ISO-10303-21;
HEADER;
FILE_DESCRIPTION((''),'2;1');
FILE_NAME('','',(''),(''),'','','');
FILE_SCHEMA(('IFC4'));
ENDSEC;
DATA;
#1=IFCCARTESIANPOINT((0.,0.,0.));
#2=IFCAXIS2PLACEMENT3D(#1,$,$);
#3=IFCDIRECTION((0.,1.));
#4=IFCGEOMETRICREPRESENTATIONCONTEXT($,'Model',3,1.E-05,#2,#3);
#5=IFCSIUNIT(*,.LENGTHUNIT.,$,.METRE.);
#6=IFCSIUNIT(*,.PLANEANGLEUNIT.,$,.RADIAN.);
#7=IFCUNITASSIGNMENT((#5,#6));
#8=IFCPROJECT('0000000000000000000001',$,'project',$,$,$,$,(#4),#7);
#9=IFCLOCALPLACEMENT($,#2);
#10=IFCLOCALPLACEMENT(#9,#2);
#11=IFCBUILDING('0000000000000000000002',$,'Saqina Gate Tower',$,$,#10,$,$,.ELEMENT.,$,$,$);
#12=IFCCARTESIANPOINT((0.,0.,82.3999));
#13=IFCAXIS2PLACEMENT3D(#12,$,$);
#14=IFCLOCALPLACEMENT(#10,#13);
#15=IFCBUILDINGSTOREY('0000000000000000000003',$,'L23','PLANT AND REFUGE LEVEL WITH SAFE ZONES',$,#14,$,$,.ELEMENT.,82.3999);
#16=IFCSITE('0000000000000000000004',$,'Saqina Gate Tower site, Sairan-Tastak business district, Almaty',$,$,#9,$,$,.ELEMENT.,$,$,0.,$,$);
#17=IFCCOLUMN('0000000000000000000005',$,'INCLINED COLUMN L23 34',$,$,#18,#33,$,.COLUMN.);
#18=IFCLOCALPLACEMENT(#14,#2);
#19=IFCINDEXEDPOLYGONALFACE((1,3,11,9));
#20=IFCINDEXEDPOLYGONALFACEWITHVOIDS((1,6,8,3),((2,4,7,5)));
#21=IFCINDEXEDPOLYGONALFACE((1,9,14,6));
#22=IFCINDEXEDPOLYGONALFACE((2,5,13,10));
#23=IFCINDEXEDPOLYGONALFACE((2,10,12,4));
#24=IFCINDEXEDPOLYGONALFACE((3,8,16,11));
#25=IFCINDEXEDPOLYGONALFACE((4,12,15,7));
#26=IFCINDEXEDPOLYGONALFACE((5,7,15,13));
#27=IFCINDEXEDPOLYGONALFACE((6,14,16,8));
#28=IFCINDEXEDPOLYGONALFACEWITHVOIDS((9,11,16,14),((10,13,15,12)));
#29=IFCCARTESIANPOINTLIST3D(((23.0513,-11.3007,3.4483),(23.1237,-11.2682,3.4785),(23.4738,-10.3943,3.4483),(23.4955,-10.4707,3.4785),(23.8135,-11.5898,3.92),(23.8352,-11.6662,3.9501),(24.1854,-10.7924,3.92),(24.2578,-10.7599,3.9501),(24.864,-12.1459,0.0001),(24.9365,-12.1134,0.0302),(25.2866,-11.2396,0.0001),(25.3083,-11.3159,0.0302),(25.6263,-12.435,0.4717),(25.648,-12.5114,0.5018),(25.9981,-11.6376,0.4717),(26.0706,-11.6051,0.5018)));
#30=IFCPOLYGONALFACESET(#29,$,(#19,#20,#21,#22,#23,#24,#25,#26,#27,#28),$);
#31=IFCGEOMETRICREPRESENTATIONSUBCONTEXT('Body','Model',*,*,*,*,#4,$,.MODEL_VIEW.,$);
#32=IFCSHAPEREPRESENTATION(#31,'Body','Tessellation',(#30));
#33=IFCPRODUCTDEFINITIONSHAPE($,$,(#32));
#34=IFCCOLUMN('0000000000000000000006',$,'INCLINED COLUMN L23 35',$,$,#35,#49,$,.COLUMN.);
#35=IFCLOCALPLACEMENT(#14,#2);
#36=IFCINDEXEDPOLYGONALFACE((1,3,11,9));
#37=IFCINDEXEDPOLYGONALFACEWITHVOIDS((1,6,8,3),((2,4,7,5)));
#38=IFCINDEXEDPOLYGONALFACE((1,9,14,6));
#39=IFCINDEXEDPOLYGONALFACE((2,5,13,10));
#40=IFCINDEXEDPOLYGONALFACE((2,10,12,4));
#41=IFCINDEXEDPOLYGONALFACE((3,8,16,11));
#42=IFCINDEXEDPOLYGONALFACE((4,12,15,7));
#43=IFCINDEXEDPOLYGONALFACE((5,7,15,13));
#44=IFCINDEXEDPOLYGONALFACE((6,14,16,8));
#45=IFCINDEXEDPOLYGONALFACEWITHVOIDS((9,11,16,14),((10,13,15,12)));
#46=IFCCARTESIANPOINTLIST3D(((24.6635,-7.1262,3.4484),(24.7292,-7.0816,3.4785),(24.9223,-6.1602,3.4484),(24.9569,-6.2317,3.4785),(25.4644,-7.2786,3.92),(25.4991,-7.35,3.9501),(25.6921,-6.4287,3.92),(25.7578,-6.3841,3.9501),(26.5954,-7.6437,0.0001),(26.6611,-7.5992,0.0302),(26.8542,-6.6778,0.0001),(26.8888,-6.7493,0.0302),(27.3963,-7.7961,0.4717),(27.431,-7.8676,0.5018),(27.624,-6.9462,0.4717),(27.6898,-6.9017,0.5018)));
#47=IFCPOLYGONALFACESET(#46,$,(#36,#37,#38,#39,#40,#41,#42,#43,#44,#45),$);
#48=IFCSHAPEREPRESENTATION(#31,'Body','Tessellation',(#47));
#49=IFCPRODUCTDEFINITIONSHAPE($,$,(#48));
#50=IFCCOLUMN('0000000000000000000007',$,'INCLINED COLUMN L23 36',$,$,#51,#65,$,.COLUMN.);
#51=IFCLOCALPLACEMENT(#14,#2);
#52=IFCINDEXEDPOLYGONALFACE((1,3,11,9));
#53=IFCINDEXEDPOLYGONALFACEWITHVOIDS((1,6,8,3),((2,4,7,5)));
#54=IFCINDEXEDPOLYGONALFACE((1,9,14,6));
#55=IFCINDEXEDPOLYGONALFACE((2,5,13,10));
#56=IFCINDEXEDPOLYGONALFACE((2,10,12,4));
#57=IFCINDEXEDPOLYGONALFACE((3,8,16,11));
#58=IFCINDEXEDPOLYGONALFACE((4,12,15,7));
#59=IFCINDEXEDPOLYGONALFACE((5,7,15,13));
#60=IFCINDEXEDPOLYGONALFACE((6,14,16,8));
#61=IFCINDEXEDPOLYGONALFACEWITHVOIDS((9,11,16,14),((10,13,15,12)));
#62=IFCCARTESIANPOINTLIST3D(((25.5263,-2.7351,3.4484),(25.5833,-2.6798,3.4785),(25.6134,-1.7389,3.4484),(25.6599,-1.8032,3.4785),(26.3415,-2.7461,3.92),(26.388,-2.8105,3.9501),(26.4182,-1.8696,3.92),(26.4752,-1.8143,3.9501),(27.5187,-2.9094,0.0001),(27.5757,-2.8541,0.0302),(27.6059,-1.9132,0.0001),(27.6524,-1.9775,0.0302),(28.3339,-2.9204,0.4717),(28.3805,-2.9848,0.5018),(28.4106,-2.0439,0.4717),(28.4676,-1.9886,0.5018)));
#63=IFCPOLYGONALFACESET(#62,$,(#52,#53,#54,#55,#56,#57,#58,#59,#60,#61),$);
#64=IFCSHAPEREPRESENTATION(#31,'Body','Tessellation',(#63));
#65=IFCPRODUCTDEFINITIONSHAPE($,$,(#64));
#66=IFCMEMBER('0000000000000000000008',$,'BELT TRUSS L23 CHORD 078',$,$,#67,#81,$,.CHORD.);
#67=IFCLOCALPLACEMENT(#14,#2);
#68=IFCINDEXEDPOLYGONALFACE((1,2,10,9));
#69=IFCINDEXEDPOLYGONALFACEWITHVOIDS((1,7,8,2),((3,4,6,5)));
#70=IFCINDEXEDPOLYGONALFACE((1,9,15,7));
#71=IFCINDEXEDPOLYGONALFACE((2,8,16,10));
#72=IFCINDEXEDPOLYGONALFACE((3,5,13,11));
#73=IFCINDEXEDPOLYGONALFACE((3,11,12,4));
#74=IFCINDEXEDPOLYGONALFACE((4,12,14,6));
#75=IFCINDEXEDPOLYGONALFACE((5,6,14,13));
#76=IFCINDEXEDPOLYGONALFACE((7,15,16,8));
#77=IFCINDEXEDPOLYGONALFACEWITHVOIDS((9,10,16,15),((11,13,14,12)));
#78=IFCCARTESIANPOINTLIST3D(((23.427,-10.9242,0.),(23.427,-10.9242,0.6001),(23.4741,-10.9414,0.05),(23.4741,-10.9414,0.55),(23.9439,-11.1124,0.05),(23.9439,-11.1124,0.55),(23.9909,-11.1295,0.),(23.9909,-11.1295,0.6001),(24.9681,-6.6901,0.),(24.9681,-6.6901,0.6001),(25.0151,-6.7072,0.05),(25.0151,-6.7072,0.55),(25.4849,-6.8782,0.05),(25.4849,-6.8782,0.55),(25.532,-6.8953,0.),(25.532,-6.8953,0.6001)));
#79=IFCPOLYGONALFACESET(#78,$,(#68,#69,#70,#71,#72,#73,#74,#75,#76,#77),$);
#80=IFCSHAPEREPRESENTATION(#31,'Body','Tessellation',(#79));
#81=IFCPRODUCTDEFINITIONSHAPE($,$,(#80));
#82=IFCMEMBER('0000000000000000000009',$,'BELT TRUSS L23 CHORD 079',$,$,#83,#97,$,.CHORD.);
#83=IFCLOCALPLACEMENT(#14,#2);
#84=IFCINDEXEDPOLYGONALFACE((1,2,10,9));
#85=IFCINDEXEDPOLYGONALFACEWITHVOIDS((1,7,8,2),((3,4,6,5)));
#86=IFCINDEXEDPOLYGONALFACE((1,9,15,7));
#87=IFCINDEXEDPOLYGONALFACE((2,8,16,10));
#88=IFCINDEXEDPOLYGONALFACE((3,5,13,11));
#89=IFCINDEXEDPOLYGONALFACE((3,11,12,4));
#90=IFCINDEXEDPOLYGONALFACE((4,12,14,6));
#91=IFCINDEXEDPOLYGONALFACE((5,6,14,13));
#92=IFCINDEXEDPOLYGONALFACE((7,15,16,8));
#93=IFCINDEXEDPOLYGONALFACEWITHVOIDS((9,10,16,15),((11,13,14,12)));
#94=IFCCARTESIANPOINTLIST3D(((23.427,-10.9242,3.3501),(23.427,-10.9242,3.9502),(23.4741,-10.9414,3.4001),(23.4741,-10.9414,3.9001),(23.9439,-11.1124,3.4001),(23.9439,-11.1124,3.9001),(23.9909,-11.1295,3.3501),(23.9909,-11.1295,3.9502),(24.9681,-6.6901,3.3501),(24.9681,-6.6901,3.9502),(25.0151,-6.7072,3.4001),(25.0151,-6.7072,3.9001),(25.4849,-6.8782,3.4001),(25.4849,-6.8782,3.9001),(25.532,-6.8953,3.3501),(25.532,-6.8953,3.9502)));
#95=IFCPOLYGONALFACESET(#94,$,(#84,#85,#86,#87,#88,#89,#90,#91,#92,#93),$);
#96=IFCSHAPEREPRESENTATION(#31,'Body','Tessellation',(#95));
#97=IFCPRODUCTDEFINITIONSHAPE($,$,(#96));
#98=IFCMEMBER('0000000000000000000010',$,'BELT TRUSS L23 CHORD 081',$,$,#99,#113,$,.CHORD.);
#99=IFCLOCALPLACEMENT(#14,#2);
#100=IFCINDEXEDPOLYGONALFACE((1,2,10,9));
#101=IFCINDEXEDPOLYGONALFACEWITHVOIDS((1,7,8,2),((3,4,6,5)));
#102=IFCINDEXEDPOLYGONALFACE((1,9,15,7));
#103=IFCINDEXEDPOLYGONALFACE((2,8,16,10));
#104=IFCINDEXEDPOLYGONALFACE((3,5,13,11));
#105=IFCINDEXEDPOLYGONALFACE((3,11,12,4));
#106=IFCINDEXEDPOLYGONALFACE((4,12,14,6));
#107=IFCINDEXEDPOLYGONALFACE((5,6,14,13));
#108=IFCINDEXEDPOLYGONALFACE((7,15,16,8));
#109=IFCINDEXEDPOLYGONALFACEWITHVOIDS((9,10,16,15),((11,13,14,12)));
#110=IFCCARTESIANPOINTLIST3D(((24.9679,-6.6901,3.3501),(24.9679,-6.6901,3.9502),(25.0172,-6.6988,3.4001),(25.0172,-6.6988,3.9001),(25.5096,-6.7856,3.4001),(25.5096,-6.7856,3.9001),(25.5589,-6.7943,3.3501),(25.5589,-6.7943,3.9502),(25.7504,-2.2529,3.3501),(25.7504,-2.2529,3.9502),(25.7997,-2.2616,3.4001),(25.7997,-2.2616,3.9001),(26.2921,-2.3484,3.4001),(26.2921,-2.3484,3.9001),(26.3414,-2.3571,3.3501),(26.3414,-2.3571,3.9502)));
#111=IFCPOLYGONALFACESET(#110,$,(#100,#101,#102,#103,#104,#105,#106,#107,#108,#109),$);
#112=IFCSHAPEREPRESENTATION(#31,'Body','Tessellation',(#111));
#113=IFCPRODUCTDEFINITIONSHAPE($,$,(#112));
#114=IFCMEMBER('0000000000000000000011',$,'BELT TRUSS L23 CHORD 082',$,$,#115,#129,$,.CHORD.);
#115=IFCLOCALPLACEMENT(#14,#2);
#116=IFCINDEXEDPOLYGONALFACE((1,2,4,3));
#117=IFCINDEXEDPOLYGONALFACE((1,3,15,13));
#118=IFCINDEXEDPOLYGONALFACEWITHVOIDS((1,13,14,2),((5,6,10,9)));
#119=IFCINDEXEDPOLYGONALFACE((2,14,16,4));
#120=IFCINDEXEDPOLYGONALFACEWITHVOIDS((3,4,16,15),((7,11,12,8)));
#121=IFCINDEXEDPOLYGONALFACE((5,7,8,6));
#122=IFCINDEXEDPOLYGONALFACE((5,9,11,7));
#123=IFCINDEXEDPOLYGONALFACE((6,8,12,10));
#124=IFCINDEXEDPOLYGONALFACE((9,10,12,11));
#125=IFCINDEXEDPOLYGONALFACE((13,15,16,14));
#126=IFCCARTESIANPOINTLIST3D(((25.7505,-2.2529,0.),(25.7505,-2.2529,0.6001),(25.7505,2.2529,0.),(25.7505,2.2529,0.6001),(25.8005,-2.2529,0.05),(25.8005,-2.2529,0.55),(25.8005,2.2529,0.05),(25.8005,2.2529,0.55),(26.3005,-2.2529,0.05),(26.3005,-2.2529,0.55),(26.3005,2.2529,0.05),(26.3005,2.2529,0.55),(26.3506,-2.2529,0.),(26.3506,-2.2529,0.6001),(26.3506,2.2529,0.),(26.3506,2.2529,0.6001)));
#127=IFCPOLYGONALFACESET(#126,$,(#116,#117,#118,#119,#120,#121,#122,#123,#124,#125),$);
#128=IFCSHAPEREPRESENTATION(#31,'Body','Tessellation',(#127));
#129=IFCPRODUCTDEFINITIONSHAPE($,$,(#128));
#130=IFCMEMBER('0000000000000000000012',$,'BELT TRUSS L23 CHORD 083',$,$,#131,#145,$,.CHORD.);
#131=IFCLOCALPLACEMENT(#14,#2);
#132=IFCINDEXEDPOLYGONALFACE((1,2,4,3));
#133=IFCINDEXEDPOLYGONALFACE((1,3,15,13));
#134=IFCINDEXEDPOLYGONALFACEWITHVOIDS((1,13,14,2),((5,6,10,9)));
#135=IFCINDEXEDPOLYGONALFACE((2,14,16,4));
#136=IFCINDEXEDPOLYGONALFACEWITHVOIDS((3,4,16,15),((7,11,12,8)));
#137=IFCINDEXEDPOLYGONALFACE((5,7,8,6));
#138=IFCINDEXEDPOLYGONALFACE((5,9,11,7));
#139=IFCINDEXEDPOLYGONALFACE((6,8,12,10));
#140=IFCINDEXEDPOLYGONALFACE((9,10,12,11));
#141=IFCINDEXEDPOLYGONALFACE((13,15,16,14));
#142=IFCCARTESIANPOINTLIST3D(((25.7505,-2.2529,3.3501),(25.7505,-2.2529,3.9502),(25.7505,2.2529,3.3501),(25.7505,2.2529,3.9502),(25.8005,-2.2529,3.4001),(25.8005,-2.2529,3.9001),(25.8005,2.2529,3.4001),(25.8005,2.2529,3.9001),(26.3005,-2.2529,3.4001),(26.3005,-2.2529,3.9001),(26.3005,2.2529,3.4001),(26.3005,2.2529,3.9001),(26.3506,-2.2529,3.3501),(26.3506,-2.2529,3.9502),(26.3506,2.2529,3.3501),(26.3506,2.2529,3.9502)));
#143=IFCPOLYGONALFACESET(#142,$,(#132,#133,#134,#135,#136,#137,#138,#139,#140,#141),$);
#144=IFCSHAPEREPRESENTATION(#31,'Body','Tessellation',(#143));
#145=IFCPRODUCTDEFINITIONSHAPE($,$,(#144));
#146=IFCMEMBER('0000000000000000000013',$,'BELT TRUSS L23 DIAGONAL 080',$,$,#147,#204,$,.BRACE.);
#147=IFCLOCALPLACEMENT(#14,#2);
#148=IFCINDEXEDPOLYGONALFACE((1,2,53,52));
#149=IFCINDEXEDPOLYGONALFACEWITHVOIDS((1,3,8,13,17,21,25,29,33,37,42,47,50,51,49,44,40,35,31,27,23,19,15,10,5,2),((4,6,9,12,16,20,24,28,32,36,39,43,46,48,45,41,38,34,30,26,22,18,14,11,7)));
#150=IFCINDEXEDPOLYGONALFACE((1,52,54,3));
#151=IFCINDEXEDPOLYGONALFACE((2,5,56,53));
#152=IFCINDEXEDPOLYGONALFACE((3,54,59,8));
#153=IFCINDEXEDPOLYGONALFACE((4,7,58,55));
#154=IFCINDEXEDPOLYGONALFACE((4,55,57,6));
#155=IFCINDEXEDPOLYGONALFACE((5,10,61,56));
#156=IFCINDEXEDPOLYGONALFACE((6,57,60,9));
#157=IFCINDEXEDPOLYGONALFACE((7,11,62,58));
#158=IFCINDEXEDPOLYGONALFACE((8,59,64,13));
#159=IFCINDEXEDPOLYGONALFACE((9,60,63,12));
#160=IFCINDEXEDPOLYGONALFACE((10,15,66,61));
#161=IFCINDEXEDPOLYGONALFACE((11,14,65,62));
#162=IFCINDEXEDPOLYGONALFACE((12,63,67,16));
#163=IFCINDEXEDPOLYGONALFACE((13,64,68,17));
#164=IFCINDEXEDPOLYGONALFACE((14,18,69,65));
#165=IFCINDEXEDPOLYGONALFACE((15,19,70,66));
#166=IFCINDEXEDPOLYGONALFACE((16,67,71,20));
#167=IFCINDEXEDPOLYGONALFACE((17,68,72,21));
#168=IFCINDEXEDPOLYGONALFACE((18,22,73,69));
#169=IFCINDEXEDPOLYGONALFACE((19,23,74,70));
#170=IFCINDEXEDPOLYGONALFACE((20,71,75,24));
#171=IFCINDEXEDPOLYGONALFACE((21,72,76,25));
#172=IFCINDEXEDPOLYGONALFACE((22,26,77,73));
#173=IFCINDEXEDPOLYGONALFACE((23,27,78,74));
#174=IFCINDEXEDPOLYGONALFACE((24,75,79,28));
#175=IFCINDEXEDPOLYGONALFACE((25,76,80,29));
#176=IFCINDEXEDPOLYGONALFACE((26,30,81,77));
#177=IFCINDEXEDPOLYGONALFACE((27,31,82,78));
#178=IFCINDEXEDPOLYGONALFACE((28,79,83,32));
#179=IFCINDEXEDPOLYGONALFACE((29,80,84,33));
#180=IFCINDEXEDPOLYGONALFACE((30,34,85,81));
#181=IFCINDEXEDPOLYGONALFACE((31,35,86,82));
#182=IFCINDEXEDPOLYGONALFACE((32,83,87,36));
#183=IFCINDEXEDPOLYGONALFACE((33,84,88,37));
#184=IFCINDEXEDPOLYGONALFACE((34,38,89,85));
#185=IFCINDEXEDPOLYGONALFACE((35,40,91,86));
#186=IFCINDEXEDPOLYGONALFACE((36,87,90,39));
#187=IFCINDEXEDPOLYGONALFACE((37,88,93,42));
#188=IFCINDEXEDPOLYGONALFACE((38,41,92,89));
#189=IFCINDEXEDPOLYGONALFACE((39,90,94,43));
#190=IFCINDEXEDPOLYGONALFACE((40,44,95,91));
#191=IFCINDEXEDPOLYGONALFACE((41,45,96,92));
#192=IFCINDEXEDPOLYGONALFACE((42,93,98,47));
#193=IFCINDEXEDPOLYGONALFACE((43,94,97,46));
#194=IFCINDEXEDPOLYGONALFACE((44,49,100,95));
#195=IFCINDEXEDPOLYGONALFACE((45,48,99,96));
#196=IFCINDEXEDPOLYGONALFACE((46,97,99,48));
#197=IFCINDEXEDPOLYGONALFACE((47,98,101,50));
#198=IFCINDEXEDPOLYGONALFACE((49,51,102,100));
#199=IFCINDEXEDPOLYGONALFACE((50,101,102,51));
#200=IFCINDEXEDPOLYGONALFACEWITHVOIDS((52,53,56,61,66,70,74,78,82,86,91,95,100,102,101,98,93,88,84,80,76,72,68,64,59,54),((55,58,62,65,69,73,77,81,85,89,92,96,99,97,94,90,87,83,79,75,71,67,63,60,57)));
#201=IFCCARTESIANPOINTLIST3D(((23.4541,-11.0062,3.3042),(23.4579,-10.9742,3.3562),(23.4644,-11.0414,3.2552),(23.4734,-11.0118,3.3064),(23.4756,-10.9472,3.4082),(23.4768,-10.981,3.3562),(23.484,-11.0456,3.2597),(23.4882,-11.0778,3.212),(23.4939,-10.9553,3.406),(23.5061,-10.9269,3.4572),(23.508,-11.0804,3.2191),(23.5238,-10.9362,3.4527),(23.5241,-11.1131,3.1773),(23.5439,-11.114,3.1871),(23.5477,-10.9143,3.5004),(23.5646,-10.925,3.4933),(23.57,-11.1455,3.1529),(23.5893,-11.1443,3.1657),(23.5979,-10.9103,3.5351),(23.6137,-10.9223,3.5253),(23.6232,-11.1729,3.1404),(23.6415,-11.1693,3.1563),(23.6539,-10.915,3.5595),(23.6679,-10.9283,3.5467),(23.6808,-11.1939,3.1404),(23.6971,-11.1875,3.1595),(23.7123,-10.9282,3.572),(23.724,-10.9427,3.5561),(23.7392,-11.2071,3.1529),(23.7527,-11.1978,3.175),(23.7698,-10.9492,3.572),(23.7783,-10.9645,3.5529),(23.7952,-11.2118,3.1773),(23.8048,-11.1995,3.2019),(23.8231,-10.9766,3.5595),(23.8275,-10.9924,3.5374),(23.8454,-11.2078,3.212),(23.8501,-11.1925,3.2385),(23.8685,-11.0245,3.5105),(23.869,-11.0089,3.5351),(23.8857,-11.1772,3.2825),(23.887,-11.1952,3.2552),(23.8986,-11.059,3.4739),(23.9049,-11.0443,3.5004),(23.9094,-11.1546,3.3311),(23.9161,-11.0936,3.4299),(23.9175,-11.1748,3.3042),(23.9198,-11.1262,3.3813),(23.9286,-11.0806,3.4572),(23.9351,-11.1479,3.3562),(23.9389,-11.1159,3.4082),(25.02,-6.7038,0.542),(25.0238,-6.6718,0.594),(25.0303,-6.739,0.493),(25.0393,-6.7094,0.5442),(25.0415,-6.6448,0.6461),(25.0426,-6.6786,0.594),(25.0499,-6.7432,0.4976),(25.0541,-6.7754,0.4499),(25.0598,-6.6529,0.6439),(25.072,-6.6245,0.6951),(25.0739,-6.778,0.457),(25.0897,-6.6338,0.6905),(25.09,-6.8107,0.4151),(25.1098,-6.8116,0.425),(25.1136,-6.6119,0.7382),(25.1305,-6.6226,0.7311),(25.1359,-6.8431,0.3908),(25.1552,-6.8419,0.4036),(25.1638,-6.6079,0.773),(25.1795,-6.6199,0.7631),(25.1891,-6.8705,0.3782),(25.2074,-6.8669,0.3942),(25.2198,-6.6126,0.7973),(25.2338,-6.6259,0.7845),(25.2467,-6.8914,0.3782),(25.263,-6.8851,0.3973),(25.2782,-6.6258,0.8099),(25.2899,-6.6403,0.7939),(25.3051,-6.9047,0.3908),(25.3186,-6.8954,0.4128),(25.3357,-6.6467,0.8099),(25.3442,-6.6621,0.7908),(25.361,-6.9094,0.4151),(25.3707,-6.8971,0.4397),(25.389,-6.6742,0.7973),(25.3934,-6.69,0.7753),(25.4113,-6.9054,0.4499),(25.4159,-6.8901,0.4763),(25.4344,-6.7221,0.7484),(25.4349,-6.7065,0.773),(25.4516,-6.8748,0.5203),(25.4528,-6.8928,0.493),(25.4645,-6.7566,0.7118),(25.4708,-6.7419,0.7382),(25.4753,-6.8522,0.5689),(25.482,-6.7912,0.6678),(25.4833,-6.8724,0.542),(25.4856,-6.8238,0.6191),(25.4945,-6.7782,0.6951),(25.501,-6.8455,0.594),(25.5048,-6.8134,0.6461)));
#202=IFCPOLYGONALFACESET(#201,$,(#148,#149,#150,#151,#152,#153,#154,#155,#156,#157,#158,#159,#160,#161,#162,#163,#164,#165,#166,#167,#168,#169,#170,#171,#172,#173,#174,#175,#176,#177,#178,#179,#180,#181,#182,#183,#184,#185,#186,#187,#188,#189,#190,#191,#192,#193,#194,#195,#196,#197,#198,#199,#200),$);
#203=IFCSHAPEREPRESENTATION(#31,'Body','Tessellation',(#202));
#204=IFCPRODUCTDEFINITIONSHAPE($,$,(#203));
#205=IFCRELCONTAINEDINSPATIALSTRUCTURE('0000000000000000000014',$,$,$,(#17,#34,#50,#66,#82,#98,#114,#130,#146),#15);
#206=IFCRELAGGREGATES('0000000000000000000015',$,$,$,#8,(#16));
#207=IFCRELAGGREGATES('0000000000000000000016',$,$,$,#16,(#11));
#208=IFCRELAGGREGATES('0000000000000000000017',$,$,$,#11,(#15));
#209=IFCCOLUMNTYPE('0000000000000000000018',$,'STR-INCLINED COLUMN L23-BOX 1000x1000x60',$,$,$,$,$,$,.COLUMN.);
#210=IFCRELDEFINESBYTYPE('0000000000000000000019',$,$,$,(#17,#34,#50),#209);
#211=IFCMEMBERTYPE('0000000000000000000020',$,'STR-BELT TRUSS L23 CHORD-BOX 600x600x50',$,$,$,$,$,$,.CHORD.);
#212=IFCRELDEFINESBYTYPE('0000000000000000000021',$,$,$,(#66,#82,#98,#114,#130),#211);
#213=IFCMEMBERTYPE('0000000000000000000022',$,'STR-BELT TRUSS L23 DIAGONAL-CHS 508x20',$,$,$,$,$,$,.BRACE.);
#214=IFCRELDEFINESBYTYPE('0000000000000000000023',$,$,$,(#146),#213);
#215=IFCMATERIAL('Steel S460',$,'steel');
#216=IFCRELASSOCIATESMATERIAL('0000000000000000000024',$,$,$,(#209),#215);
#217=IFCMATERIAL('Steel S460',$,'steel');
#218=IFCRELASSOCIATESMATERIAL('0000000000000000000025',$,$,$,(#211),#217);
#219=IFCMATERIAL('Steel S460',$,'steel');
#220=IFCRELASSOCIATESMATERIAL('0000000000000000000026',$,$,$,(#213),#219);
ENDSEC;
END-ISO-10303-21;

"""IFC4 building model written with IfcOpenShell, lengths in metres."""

from ifc_helpers import new_model, si_unit, direction, frame, origin, origin_2d, place, context, subcontext, project, spatial, hollow_rectangle, hollow_circle, extrude, material, material_profile, profile_set, type_object, element, save


model = new_model("IFC4")

# Units and contexts
model_context = context("Model", 3, precision=1e-05, world=origin(), true_north=direction((0.0, 1.0)))
body_context = subcontext(model_context, "Body", "Model", "MODEL_VIEW")
ifc_project = project(units=[si_unit("LENGTHUNIT", "METRE"), si_unit("PLANEANGLEUNIT", "RADIAN")], contexts=[model_context])

# Site, building, storey
site_placement = place(None, origin())
site = spatial("IfcSite", under=ifc_project, at=site_placement, Name="Saqina Gate Tower site, Sairan-Tastak business district, Almaty", CompositionType="ELEMENT", RefElevation=0.0)
building_placement = place(site_placement, origin())
building = spatial("IfcBuilding", under=site, at=building_placement, Name="Saqina Gate Tower", CompositionType="ELEMENT")
storey_placement = place(building_placement, frame((0.0, 0.0, 82.3999)))
storey = spatial("IfcBuildingStorey", under=building, at=storey_placement, Name="L23", Description="PLANT AND REFUGE LEVEL WITH SAFE ZONES", CompositionType="ELEMENT", Elevation=82.3999)

# Columns
ifc_material_1 = material(Name="Steel S460", Category="steel")
ifc_material_profile_1 = material_profile(ifc_material_1, hollow_rectangle(XDim=1.0, YDim=1.0, WallThickness=0.0601, at=origin_2d()), Name="BOX 1000x1000x60")
ifc_profile_set_1 = profile_set([ifc_material_profile_1], Name="Steel S460")
column_type = type_object("IfcColumnType", Name="STR-INCLINED COLUMN L23-BOX 1000x1000x60", PredefinedType="COLUMN", material=ifc_profile_set_1)
for number, where, z_axis, x_axis, name in (
    (1, (25.4673, -11.8755, 0.251), (-0.45474, 0.212028, 0.865017), (-0.422585, -0.906323, 0.0), "INCLINED COLUMN L23 34"),
    (2, (27.1426, -7.2727, 0.251), (-0.484633, 0.12984, 0.865027), (-0.258787, -0.965934, 0.0), "INCLINED COLUMN L23 35"),
    (3, (27.9932, -2.449, 0.251), (-0.49982, 0.043729, 0.865024), (-0.087156, -0.996195, 0.0), "INCLINED COLUMN L23 36"),
):
    element("IfcColumn", number, at=place(storey_placement, frame(where, z_axis=z_axis, x_axis=x_axis)), inside=storey, type_object=column_type, Name=name, PredefinedType="COLUMN", context=body_context, shape_type="SweptSolid", body=[
        extrude(hollow_rectangle(XDim=1.0, YDim=1.0, WallThickness=0.0601, at=origin_2d()), origin(), (0.0, 0.0, 1.0), 3.9863),
    ])

# Members
ifc_material_2 = material(Name="Steel S460", Category="steel")
ifc_material_profile_2 = material_profile(ifc_material_2, hollow_rectangle(XDim=0.6001, YDim=0.6001, WallThickness=0.05, at=origin_2d()), Name="BOX 600x600x50")
ifc_profile_set_2 = profile_set([ifc_material_profile_2], Name="Steel S460")
member_type_1 = type_object("IfcMemberType", Name="STR-BELT TRUSS L23 CHORD-BOX 600x600x50", PredefinedType="CHORD", material=ifc_profile_set_2)
for number, where, z_axis, x_axis, name in (
    (4, (23.709, -11.0269, 0.3), (0.342004, 0.939698, 0.0), (-0.939698, 0.342004, 0.0), "BELT TRUSS L23 CHORD 078"),
    (5, (23.709, -11.0269, 3.6501), (0.342004, 0.939698, 0.0), (-0.939698, 0.342004, 0.0), "BELT TRUSS L23 CHORD 079"),
):
    element("IfcMember", number, at=place(storey_placement, frame(where, z_axis=z_axis, x_axis=x_axis)), inside=storey, type_object=member_type_1, Name=name, PredefinedType="CHORD", context=body_context, shape_type="SweptSolid", body=[
        extrude(hollow_rectangle(XDim=0.6001, YDim=0.6001, WallThickness=0.05, at=origin_2d()), origin(), (0.0, 0.0, 1.0), 4.5059),
    ])
member_placement = place(storey_placement, frame((25.2634, -6.7422, 3.6501), z_axis=(0.173662, 0.984805, 0.0), x_axis=(-0.984805, 0.173662, 0.0)))
element("IfcMember", 6, at=member_placement, inside=storey, type_object=member_type_1, Name="BELT TRUSS L23 CHORD 081", PredefinedType="CHORD", context=body_context, shape_type="SweptSolid", body=[
    extrude(hollow_rectangle(XDim=0.6001, YDim=0.6001, WallThickness=0.05, at=origin_2d()), origin(), (0.0, 0.0, 1.0), 4.5056),
])
for number, where, z_axis, x_axis, name in (
    (7, (26.0505, -2.2529, 0.3), (0.0, 1.0, 0.0), (-1.0, 0.0, 0.0), "BELT TRUSS L23 CHORD 082"),
    (8, (26.0505, -2.2529, 3.6501), (0.0, 1.0, 0.0), (-1.0, 0.0, 0.0), "BELT TRUSS L23 CHORD 083"),
):
    element("IfcMember", number, at=place(storey_placement, frame(where, z_axis=z_axis, x_axis=x_axis)), inside=storey, type_object=member_type_1, Name=name, PredefinedType="CHORD", context=body_context, shape_type="SweptSolid", body=[
        extrude(hollow_rectangle(XDim=0.6001, YDim=0.6001, WallThickness=0.05, at=origin_2d()), origin(), (0.0, 0.0, 1.0), 4.5059),
    ])
ifc_material_3 = material(Name="Steel S460", Category="steel")
ifc_material_profile_3 = material_profile(ifc_material_3, hollow_circle(Radius=0.2539, WallThickness=0.02, at=origin_2d()), Name="CHS 508x20")
ifc_profile_set_3 = profile_set([ifc_material_profile_3], Name="Steel S460")
member_type_2 = type_object("IfcMemberType", Name="STR-BELT TRUSS L23 DIAGONAL-CHS 508x20", PredefinedType="BRACE", material=ifc_profile_set_3)
for number, where, z_axis, x_axis, name in (
    (9, (23.6965, -11.061, 3.3562), (0.292844, 0.804614, -0.516564), (-0.939697, 0.342008, 0.0), "BELT TRUSS L23 DIAGONAL 080"),
):
    element("IfcMember", number, at=place(storey_placement, frame(where, z_axis=z_axis, x_axis=x_axis)), inside=storey, type_object=member_type_2, Name=name, PredefinedType="BRACE", context=body_context, shape_type="SweptSolid", body=[
        extrude(hollow_circle(Radius=0.2539, WallThickness=0.02, at=origin_2d()), origin(), (0.0, 0.0, 1.0), 5.3472),
    ])

save(model, "model.ifc")
